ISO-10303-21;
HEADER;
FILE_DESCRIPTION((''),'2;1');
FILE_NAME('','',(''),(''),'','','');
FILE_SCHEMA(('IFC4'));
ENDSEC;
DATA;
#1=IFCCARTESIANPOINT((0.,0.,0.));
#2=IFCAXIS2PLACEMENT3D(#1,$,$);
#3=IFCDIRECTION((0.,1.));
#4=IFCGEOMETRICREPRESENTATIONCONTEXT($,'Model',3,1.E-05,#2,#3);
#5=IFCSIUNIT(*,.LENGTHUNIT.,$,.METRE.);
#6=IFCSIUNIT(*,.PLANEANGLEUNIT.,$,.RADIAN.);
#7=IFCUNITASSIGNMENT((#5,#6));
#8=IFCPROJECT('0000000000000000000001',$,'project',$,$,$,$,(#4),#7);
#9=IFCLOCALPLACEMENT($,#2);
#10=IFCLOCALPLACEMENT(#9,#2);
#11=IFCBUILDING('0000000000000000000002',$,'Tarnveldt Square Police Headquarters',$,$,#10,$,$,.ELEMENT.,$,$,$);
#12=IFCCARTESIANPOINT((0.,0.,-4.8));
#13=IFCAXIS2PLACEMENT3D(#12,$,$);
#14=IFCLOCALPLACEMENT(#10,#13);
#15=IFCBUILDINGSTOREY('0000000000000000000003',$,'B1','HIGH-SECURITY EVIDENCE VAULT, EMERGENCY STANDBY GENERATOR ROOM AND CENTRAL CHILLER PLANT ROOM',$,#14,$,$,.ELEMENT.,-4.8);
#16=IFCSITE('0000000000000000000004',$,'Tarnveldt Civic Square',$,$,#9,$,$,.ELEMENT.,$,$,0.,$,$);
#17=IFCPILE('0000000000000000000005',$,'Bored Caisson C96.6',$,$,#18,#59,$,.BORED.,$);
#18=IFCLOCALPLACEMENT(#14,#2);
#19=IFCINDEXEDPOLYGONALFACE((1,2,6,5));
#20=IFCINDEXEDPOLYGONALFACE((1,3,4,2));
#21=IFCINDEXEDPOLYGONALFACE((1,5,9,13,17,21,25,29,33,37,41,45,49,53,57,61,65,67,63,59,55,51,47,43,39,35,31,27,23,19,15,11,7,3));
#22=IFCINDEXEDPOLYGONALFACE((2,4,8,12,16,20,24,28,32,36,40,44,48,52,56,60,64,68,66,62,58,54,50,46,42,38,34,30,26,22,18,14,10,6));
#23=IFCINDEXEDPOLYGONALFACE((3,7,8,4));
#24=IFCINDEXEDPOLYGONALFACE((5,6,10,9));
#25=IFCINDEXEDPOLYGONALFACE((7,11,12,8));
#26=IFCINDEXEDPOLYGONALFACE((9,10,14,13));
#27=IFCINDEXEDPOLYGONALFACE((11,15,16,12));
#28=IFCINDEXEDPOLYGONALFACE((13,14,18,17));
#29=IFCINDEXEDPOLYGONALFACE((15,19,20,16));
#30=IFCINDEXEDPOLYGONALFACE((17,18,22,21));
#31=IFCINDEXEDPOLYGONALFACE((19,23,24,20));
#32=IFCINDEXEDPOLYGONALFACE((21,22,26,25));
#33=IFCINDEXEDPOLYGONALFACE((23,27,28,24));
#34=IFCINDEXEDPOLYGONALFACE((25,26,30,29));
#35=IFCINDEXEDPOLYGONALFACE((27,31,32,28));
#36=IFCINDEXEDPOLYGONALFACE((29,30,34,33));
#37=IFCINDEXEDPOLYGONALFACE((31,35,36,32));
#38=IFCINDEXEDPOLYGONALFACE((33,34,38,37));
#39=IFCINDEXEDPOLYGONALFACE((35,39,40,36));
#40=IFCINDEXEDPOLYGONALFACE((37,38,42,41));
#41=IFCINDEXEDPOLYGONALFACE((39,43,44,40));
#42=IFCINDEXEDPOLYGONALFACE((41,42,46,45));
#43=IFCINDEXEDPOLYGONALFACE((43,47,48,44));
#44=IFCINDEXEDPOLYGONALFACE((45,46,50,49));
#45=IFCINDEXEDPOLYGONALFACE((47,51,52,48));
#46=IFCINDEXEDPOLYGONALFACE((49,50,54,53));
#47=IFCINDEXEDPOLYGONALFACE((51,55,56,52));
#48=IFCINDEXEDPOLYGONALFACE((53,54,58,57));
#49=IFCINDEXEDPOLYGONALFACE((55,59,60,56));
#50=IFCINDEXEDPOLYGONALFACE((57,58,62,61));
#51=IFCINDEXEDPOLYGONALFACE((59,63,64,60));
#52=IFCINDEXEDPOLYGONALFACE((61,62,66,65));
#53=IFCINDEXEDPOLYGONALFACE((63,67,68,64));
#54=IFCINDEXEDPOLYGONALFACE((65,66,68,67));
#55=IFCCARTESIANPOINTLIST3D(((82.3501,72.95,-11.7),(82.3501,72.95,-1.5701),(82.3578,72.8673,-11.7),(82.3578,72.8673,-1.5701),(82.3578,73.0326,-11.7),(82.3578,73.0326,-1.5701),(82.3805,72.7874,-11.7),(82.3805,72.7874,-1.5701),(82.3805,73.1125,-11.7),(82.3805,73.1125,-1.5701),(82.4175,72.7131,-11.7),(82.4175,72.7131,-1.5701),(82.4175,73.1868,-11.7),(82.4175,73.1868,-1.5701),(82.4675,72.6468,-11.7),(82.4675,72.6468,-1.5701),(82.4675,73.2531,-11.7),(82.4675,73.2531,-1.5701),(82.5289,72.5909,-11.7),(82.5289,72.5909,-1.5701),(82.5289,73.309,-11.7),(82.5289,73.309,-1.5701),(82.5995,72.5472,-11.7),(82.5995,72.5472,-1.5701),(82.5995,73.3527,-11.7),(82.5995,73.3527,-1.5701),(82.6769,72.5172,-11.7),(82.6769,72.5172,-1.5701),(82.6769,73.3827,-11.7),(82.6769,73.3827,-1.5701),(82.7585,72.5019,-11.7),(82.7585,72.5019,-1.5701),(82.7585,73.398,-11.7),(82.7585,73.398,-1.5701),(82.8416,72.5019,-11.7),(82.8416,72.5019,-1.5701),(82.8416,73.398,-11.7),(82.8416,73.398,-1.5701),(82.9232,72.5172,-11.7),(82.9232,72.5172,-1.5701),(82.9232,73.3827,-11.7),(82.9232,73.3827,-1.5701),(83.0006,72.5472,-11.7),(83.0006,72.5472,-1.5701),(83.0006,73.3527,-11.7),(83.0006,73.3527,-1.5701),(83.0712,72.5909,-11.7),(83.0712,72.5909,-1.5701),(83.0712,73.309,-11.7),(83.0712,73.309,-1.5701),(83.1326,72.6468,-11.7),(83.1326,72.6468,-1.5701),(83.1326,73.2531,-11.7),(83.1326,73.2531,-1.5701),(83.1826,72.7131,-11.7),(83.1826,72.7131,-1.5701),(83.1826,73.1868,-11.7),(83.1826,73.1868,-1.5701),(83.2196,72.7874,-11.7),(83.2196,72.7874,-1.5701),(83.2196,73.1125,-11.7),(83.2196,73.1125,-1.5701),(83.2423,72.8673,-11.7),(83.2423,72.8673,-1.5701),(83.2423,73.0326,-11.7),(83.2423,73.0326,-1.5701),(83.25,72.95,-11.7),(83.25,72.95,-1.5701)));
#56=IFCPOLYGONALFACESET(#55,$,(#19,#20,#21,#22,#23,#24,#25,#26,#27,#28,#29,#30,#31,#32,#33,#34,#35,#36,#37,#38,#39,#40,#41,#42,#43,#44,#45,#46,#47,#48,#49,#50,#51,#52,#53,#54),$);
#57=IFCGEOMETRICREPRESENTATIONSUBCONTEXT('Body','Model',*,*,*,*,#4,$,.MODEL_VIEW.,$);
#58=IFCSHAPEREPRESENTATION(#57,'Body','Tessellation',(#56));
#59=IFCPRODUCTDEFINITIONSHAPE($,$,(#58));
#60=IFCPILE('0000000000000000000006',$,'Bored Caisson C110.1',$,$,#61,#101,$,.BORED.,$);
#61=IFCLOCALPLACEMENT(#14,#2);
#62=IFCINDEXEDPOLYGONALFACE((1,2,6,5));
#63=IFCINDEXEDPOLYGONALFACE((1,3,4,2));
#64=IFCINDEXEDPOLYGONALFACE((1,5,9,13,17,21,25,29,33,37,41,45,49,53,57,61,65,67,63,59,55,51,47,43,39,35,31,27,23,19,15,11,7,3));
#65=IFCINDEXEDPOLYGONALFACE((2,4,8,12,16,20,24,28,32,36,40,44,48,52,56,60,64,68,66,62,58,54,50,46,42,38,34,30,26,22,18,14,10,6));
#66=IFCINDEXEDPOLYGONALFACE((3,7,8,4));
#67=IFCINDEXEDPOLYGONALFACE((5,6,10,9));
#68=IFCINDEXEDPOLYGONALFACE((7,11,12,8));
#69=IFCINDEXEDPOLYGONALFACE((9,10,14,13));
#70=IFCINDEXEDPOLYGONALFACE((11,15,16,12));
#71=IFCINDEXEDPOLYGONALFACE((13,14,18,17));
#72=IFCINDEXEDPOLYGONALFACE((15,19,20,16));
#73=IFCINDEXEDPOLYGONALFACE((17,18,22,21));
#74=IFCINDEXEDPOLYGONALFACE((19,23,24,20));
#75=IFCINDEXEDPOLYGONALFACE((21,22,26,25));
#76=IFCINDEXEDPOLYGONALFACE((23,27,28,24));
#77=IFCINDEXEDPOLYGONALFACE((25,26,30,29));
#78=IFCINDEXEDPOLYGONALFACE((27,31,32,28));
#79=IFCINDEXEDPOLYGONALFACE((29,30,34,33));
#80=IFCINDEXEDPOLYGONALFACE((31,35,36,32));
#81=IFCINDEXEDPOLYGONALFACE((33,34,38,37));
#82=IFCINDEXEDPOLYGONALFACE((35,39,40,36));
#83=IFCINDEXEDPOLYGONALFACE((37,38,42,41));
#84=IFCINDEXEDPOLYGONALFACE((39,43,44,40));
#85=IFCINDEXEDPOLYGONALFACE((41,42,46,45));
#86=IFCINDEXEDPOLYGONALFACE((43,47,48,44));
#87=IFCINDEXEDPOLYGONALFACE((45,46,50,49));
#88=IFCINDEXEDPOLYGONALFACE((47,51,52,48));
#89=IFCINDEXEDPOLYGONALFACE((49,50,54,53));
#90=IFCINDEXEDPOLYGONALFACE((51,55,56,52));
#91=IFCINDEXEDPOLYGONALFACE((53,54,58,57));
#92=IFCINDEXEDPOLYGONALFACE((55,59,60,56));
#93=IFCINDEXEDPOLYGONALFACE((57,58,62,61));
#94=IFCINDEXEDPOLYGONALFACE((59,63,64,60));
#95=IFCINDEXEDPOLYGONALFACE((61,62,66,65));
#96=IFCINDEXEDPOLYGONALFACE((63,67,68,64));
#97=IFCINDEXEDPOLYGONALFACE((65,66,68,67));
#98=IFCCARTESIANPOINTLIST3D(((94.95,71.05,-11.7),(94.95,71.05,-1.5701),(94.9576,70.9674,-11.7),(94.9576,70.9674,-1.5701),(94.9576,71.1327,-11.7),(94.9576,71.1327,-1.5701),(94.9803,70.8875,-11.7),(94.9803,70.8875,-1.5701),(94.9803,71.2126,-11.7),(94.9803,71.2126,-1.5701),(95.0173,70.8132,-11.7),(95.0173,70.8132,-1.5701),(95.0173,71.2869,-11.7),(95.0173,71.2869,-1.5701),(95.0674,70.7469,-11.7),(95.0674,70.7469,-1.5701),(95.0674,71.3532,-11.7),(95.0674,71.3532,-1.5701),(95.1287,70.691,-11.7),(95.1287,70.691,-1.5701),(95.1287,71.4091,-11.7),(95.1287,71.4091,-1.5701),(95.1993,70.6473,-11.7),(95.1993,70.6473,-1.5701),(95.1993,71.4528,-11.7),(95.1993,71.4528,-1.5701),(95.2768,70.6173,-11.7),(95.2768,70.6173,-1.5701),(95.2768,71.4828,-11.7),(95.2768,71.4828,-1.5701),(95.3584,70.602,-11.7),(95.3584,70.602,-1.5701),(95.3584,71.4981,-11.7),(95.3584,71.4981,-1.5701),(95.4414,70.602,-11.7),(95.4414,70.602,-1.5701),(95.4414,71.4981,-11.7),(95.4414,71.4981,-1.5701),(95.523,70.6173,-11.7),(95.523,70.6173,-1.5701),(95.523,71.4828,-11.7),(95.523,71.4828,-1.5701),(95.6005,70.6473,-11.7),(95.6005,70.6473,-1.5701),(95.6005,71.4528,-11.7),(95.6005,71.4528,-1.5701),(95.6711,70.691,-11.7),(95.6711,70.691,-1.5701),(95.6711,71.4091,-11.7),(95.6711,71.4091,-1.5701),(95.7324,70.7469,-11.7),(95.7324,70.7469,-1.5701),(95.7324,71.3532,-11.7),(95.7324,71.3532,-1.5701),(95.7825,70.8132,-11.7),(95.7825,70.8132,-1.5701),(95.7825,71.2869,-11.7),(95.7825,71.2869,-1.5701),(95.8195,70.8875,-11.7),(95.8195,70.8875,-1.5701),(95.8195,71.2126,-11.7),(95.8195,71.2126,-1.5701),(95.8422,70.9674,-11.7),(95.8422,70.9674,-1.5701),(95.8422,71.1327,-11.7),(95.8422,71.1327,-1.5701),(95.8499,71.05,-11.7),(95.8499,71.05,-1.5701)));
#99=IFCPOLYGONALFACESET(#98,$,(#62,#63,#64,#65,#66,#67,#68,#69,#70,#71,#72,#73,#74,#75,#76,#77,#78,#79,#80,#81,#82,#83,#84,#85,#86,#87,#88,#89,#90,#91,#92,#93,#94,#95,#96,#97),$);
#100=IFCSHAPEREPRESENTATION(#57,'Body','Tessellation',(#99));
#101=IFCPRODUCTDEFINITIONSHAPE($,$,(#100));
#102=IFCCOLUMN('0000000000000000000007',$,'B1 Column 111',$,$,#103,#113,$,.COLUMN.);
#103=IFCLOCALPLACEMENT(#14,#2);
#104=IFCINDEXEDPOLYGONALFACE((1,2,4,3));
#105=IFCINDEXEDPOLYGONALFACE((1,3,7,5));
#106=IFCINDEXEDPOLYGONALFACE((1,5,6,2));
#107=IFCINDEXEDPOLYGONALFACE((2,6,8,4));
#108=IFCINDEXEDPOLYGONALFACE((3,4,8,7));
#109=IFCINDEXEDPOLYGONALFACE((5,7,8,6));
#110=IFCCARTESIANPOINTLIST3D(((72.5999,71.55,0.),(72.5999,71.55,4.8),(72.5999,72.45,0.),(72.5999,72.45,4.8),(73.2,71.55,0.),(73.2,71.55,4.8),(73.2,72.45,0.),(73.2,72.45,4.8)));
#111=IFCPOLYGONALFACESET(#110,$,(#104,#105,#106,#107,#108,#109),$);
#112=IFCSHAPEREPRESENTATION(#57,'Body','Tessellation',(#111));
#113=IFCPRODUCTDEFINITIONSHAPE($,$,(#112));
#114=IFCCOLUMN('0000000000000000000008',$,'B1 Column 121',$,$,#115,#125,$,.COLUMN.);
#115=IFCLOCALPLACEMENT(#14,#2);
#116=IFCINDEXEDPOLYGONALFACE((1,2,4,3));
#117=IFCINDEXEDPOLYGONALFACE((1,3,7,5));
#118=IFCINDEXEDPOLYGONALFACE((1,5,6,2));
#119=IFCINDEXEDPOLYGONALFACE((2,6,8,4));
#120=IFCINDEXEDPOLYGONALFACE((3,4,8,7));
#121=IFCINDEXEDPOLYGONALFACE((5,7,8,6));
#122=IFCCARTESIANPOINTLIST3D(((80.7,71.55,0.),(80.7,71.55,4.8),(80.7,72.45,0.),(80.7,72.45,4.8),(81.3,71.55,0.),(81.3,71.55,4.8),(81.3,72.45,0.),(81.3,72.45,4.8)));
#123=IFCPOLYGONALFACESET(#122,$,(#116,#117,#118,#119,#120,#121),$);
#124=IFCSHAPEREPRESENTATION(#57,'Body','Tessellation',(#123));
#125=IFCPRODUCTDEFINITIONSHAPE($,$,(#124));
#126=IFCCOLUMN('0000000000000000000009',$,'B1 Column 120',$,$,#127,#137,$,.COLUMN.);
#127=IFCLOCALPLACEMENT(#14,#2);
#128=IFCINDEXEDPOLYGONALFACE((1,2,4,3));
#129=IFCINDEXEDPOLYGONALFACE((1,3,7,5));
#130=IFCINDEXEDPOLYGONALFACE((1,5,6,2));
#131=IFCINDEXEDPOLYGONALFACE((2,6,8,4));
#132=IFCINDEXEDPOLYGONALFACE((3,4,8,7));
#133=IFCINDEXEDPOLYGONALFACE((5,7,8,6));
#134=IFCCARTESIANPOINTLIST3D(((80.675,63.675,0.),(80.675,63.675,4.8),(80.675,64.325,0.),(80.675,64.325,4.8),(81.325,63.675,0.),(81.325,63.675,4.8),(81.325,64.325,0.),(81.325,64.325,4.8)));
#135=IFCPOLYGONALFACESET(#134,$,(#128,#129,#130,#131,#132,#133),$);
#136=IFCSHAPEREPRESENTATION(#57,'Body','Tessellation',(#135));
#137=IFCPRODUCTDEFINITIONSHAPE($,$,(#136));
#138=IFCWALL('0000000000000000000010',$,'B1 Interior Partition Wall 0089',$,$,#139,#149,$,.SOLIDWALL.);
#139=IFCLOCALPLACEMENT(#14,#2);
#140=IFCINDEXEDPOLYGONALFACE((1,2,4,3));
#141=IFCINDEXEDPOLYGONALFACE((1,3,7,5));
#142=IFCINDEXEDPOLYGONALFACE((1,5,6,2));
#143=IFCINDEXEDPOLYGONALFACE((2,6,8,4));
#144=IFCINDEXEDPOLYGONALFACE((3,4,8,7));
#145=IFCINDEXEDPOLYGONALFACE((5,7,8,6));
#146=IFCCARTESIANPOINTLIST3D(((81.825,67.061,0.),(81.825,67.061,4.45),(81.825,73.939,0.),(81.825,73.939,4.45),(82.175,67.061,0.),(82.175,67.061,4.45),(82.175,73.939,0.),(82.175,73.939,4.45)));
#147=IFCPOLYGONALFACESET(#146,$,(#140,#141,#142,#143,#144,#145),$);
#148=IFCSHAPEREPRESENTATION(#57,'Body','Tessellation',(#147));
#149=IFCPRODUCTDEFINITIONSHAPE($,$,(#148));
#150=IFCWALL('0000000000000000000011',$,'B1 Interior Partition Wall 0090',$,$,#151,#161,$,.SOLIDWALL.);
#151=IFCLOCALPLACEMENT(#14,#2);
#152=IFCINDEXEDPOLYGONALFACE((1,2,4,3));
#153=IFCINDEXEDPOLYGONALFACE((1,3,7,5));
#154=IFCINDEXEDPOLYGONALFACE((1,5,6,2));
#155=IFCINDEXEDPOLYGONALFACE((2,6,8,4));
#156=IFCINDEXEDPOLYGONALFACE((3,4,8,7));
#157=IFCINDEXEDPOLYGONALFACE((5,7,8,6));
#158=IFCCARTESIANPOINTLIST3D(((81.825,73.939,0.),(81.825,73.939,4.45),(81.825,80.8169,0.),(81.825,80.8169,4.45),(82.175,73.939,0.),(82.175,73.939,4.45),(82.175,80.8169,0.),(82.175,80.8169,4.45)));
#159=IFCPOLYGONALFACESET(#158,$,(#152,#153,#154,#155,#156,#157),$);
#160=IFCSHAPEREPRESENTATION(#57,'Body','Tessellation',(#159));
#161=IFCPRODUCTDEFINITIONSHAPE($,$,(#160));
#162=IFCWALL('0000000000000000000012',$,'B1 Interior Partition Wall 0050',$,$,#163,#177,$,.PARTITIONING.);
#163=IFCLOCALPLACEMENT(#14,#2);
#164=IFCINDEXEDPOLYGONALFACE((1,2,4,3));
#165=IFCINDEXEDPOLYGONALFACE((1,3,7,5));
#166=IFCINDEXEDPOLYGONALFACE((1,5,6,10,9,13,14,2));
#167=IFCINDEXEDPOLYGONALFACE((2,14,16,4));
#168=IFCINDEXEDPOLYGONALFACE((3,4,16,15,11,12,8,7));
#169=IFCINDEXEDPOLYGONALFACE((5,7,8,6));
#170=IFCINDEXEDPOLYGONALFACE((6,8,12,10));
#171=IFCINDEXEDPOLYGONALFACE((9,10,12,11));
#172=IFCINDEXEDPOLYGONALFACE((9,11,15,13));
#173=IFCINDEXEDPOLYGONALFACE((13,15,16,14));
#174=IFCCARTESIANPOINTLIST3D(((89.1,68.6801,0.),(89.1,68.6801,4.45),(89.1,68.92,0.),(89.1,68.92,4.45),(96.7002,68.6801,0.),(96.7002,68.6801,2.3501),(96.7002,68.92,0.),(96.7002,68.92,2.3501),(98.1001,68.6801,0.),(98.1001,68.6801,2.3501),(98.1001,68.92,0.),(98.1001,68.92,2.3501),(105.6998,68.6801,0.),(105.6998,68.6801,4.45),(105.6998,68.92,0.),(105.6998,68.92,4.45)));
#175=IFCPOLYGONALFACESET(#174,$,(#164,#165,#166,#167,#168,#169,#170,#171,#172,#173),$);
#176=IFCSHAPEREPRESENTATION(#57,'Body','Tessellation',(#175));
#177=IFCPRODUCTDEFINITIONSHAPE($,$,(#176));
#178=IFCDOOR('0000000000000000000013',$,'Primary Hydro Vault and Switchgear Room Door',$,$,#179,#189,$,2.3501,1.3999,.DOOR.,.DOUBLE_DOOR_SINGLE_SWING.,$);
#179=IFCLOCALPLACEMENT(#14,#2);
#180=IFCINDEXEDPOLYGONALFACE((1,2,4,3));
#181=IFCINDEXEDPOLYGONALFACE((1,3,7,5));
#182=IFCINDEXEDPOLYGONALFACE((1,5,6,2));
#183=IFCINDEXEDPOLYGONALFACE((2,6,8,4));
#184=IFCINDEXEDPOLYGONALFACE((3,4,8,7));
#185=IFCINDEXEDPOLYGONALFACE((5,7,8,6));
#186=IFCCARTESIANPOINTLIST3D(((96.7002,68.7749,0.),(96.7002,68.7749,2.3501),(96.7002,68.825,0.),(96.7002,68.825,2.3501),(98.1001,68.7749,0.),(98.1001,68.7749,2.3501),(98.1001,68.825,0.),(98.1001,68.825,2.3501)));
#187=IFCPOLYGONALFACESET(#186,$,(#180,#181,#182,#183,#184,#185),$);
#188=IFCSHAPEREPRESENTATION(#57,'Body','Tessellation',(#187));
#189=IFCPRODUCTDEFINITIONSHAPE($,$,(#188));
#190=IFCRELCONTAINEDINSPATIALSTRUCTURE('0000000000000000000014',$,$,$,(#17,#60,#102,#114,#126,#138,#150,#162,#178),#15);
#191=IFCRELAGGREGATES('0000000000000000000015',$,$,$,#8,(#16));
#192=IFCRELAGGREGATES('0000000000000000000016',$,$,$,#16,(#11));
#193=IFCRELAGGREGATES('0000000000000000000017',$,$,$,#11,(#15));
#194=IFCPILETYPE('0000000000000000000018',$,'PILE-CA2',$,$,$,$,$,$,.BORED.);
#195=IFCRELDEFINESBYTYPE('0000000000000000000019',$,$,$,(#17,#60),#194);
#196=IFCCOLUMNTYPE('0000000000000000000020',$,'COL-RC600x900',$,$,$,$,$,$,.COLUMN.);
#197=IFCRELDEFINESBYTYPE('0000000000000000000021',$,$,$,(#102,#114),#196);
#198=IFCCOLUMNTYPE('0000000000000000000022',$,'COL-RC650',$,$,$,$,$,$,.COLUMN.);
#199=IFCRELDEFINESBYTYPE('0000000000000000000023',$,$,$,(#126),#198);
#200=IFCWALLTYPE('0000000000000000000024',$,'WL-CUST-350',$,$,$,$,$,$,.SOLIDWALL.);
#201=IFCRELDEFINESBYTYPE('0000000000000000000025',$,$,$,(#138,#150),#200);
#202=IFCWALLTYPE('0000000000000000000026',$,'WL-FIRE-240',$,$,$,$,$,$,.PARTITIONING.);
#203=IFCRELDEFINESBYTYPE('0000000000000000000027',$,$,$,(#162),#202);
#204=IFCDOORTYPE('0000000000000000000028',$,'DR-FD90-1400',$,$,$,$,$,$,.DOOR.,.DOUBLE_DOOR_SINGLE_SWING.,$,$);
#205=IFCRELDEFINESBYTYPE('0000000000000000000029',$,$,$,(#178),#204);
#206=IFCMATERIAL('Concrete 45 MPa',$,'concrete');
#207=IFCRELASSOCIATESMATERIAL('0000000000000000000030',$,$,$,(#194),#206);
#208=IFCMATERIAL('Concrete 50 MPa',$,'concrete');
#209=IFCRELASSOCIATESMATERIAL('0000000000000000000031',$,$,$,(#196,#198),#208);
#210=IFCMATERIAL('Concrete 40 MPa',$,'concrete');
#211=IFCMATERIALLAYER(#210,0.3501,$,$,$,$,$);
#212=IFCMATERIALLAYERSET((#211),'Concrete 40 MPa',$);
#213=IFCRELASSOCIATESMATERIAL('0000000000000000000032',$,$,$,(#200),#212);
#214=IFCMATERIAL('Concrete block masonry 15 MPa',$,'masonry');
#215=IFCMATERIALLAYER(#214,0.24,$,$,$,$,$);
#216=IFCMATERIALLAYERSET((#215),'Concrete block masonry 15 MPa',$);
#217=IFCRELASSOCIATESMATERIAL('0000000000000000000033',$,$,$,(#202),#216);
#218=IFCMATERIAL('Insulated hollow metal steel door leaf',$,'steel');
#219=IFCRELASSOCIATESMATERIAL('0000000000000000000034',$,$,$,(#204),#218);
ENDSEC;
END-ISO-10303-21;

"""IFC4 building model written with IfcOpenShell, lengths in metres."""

from ifc_helpers import new_model, si_unit, direction, frame, frame_2d, origin, origin_2d, place, context, subcontext, project, spatial, rectangle, circle, extrude, material, layer, layer_set, material_profile, profile_set, type_object, element, fill, save


model = new_model("IFC4")

# Units and contexts
model_context = context("Model", 3, precision=1e-05, world=origin(), true_north=direction((0.0, 1.0)))
body_context = subcontext(model_context, "Body", "Model", "MODEL_VIEW")
ifc_project = project(units=[si_unit("LENGTHUNIT", "METRE"), si_unit("PLANEANGLEUNIT", "RADIAN")], contexts=[model_context])

# Site, building, storey
site_placement = place(None, origin())
site = spatial("IfcSite", under=ifc_project, at=site_placement, Name="Tarnveldt Civic Square", CompositionType="ELEMENT", RefElevation=0.0)
building_placement = place(site_placement, origin())
building = spatial("IfcBuilding", under=site, at=building_placement, Name="Tarnveldt Square Police Headquarters", CompositionType="ELEMENT")
storey_placement = place(building_placement, frame((0.0, 0.0, -4.8)))
storey = spatial("IfcBuildingStorey", under=building, at=storey_placement, Name="B1", Description="HIGH-SECURITY EVIDENCE VAULT, EMERGENCY STANDBY GENERATOR ROOM AND CENTRAL CHILLER PLANT ROOM", CompositionType="ELEMENT", Elevation=-4.8)

# Shared definitions
ifc_material_1 = material(Name="Concrete 45 MPa", Category="concrete")

# Piles
ifc_material_profile_1 = material_profile(ifc_material_1, circle(Radius=0.45, at=origin_2d()), Name="CAISSON-D900")
ifc_profile_set_1 = profile_set([ifc_material_profile_1], Name="Concrete 45 MPa")
pile_type = type_object("IfcPileType", Name="PILE-CA2", PredefinedType="BORED", material=ifc_profile_set_1)
for number, where, z_axis, x_axis, name in (
    (1, (82.8, 72.95, -1.5701), (0.0, 0.0, -1.0), (1.0, 0.0, 0.0), "Bored Caisson C96.6"),
    (2, (95.3999, 71.05, -1.5701), (0.0, 0.0, -1.0), (1.0, 0.0, 0.0), "Bored Caisson C110.1"),
):
    element("IfcPile", number, at=place(storey_placement, frame(where, z_axis=z_axis, x_axis=x_axis)), inside=storey, type_object=pile_type, Name=name, PredefinedType="BORED", context=body_context, shape_type="SweptSolid", body=[
        extrude(circle(Radius=0.45, at=origin_2d()), origin(), (0.0, 0.0, 1.0), 10.1299),
    ])

# Columns
ifc_material_2 = material(Name="Concrete 50 MPa", Category="concrete")
ifc_material_profile_2 = material_profile(ifc_material_2, rectangle(XDim=0.6001, YDim=0.8999, at=origin_2d()), Name="RC-C600x900")
ifc_profile_set_2 = profile_set([ifc_material_profile_2], Name="Concrete 50 MPa")
column_type_1 = type_object("IfcColumnType", Name="COL-RC600x900", PredefinedType="COLUMN", material=ifc_profile_set_2)
for number, where, z_axis, x_axis, name in (
    (3, (72.8999, 72.0, 0.0), (0.0, 0.0, 1.0), (1.0, 0.0, 0.0), "B1 Column 111"),
    (4, (81.0, 72.0, 0.0), (0.0, 0.0, 1.0), (1.0, 0.0, 0.0), "B1 Column 121"),
):
    element("IfcColumn", number, at=place(storey_placement, frame(where, z_axis=z_axis, x_axis=x_axis)), inside=storey, type_object=column_type_1, Name=name, PredefinedType="COLUMN", context=body_context, shape_type="SweptSolid", body=[
        extrude(rectangle(XDim=0.6001, YDim=0.8999, at=origin_2d()), origin(), (0.0, 0.0, 1.0), 4.8),
    ])
ifc_material_profile_3 = material_profile(ifc_material_2, rectangle(XDim=0.6499, YDim=0.6499, at=origin_2d()), Name="RC-C650x650")
ifc_profile_set_3 = profile_set([ifc_material_profile_3], Name="Concrete 50 MPa")
column_type_2 = type_object("IfcColumnType", Name="COL-RC650", PredefinedType="COLUMN", material=ifc_profile_set_3)
column_placement = place(storey_placement, frame((81.0, 64.0, 0.0), z_axis=(0.0, 0.0, 1.0), x_axis=(1.0, 0.0, 0.0)))
element("IfcColumn", 5, at=column_placement, inside=storey, type_object=column_type_2, Name="B1 Column 120", PredefinedType="COLUMN", context=body_context, shape_type="SweptSolid", body=[
    extrude(rectangle(XDim=0.6499, YDim=0.6499, at=origin_2d()), origin(), (0.0, 0.0, 1.0), 4.8),
])

# Walls
ifc_material_3 = material(Name="Concrete 40 MPa", Category="concrete")
ifc_layer_1 = layer(ifc_material_3, 0.3501)
ifc_layer_set_1 = layer_set([ifc_layer_1], Name="Concrete 40 MPa")
wall_type_1 = type_object("IfcWallType", Name="WL-CUST-350", PredefinedType="SOLIDWALL", material=ifc_layer_set_1)
for number, where, z_axis, x_axis, name in (
    (6, (82.0, 67.061, 0.0), (0.0, 0.0, 1.0), (0.0, 1.0, 0.0), "B1 Interior Partition Wall 0089"),
    (7, (82.0, 73.939, 0.0), (0.0, 0.0, 1.0), (0.0, 1.0, 0.0), "B1 Interior Partition Wall 0090"),
):
    element("IfcWall", number, at=place(storey_placement, frame(where, z_axis=z_axis, x_axis=x_axis)), inside=storey, type_object=wall_type_1, Name=name, PredefinedType="SOLIDWALL", context=body_context, shape_type="SweptSolid", body=[
        extrude(rectangle(XDim=6.8779, YDim=0.3501, at=frame_2d((3.439, 0.0))), origin(), (0.0, 0.0, 1.0), 4.45),
    ])

# Wall, opening, door
ifc_material_4 = material(Name="Concrete block masonry 15 MPa", Category="masonry")
ifc_layer_2 = layer(ifc_material_4, 0.24)
ifc_layer_set_2 = layer_set([ifc_layer_2], Name="Concrete block masonry 15 MPa")
wall_type_2 = type_object("IfcWallType", Name="WL-FIRE-240", PredefinedType="PARTITIONING", material=ifc_layer_set_2)
wall_1_placement = place(storey_placement, frame((89.1001, 68.8, 0.0), z_axis=(0.0, 0.0, 1.0), x_axis=(1.0, 0.0, 0.0)))
wall_1 = element("IfcWall", 8, at=wall_1_placement, inside=storey, type_object=wall_type_2, Name="B1 Interior Partition Wall 0050", PredefinedType="PARTITIONING", context=body_context, shape_type="SweptSolid", body=[
    extrude(rectangle(XDim=16.5999, YDim=0.24, at=frame_2d((8.2998, 0.0))), origin(), (0.0, 0.0, 1.0), 4.45),
])
opening_placement = place(wall_1_placement, frame((7.6001, 0.0, 0.0)))
opening = element("IfcOpeningElement", 9, at=opening_placement, cuts=wall_1, PredefinedType="OPENING", context=body_context, shape_type="SweptSolid", body=[
    extrude(rectangle(XDim=1.3999, YDim=2.3501, at=frame_2d((0.7, 1.175))), frame((0.0, 0.1299, 0.0), z_axis=(0.0, -1.0, 0.0), x_axis=(1.0, 0.0, 0.0)), (0.0, 0.0, 1.0), 0.26),
])
ifc_material_5 = material(Name="Insulated hollow metal steel door leaf", Category="steel")
door_type = type_object("IfcDoorType", Name="DR-FD90-1400", OperationType="DOUBLE_DOOR_SINGLE_SWING", PredefinedType="DOOR", material=ifc_material_5)
door_placement = place(opening_placement, origin())
door = element("IfcDoor", 10, at=door_placement, inside=storey, type_object=door_type, Name="Primary Hydro Vault and Switchgear Room Door", OperationType="DOUBLE_DOOR_SINGLE_SWING", OverallHeight=2.3501, OverallWidth=1.3999, PredefinedType="DOOR", context=body_context, shape_type="SweptSolid", body=[
    extrude(rectangle(XDim=1.3999, YDim=2.3501, at=frame_2d((0.7, 1.175))), frame((0.0, 0.0249, 0.0), z_axis=(0.0, -1.0, 0.0), x_axis=(1.0, 0.0, 0.0)), (0.0, 0.0, 1.0), 0.05),
])
fill(opening, door)

save(model, "model.ifc")
